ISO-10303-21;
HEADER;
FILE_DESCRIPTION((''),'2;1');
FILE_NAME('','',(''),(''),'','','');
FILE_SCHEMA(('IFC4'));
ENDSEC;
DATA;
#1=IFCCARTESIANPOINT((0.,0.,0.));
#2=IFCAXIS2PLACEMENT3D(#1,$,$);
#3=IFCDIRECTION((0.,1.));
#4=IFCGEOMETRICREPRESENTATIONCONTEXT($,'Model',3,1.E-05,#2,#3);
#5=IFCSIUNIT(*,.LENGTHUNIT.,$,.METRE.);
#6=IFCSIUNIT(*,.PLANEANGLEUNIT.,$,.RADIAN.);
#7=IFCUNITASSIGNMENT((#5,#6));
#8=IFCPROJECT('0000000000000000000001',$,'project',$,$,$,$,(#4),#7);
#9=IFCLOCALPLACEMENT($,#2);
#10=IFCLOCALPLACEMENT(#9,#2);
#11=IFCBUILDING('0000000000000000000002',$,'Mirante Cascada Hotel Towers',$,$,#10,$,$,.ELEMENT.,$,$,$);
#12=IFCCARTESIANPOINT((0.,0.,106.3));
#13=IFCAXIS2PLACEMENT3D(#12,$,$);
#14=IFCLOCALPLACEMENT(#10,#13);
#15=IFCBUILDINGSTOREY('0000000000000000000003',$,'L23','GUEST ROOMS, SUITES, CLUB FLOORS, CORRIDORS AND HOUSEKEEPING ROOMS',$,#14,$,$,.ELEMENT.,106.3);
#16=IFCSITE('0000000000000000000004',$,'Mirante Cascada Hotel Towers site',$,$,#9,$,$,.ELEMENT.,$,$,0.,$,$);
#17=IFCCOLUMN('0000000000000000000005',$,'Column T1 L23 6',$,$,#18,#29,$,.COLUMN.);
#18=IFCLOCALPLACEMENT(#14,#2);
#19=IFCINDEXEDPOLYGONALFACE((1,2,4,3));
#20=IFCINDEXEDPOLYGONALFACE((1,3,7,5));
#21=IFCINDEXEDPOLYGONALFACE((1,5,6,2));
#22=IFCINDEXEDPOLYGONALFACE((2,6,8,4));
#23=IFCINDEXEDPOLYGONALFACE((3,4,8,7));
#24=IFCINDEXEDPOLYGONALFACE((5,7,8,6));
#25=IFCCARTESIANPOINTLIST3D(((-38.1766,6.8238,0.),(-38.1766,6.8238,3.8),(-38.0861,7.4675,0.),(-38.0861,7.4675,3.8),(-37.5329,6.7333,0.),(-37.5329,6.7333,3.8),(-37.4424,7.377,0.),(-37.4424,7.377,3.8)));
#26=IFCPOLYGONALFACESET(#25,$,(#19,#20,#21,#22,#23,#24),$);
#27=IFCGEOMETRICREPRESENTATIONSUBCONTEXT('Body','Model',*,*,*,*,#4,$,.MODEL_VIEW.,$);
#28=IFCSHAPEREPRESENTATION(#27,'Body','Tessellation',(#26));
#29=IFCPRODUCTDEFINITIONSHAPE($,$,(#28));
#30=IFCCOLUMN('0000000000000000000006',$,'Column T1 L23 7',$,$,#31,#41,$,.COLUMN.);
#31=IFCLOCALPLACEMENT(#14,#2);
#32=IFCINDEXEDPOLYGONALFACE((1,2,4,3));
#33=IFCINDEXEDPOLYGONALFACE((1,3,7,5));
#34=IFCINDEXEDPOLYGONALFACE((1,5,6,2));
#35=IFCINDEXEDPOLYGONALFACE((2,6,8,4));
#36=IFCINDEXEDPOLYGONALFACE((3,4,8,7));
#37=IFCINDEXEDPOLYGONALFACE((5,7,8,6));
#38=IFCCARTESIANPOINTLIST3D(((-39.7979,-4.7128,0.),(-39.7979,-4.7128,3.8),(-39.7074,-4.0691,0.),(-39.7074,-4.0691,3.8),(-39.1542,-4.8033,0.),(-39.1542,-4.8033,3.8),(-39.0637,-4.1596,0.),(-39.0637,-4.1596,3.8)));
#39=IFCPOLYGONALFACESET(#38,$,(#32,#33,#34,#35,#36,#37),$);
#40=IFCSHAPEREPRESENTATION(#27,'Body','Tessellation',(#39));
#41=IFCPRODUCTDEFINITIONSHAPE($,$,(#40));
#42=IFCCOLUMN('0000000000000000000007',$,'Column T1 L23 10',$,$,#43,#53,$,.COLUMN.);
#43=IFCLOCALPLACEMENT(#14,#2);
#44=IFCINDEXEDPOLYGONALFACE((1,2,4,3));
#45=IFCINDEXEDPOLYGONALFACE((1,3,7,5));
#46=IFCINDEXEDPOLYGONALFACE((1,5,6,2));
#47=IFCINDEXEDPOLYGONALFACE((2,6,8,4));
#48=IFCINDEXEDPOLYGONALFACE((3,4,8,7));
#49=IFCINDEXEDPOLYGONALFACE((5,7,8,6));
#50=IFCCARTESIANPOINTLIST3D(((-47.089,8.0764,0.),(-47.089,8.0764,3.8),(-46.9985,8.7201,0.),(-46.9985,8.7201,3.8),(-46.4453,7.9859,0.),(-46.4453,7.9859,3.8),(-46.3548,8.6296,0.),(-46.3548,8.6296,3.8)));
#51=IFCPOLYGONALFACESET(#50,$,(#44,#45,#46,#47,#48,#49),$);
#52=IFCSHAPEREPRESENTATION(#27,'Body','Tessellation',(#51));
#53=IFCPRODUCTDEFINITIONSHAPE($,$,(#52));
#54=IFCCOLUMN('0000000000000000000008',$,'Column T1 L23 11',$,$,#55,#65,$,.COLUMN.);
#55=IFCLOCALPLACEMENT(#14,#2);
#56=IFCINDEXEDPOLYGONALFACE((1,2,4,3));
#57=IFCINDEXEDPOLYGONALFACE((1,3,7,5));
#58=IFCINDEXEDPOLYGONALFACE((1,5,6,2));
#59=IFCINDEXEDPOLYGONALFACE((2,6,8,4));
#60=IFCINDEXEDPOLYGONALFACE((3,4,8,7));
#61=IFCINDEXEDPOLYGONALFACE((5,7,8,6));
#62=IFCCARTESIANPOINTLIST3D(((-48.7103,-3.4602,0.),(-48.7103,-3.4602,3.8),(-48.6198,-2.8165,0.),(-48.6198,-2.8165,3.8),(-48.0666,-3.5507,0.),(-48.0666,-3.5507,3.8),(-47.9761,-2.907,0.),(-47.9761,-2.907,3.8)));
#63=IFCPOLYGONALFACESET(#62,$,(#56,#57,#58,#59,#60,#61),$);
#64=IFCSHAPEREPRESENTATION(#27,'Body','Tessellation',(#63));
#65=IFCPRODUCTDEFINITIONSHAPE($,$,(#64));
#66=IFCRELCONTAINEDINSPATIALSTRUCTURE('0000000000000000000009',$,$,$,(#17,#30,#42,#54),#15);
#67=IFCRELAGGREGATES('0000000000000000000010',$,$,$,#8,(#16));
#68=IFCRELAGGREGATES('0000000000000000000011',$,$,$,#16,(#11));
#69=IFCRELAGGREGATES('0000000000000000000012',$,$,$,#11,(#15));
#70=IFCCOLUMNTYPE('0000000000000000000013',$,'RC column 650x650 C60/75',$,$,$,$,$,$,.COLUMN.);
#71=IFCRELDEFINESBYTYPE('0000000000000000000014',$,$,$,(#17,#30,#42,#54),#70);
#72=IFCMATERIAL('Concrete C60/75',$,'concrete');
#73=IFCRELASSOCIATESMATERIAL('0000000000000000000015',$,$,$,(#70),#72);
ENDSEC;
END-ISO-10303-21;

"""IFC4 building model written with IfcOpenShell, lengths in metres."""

from ifc_helpers import new_model, si_unit, direction, frame, origin, origin_2d, place, context, subcontext, project, spatial, rectangle, extrude, material, material_profile, profile_set, type_object, element, save


model = new_model("IFC4")

# Units and contexts
model_context = context("Model", 3, precision=1e-05, world=origin(), true_north=direction((0.0, 1.0)))
body_context = subcontext(model_context, "Body", "Model", "MODEL_VIEW")
ifc_project = project(units=[si_unit("LENGTHUNIT", "METRE"), si_unit("PLANEANGLEUNIT", "RADIAN")], contexts=[model_context])

# Site, building, storey
site_placement = place(None, origin())
site = spatial("IfcSite", under=ifc_project, at=site_placement, Name="Mirante Cascada Hotel Towers site", CompositionType="ELEMENT", RefElevation=0.0)
building_placement = place(site_placement, origin())
building = spatial("IfcBuilding", under=site, at=building_placement, Name="Mirante Cascada Hotel Towers", CompositionType="ELEMENT")
storey_placement = place(building_placement, frame((0.0, 0.0, 106.3)))
storey = spatial("IfcBuildingStorey", under=building, at=storey_placement, Name="L23", Description="GUEST ROOMS, SUITES, CLUB FLOORS, CORRIDORS AND HOUSEKEEPING ROOMS", CompositionType="ELEMENT", Elevation=106.3)

# Columns
ifc_material_1 = material(Name="Concrete C60/75", Category="concrete")
ifc_material_profile = material_profile(ifc_material_1, rectangle(XDim=0.65, YDim=0.65, at=origin_2d()), Name="RC column 650x650 C60/75")
ifc_profile_set = profile_set([ifc_material_profile], Name="Concrete C60/75")
column_type = type_object("IfcColumnType", Name="RC column 650x650 C60/75", PredefinedType="COLUMN", material=ifc_profile_set)
for number, where, z_axis, x_axis, name in (
    (1, (-37.8095, 7.1004, 0.0), (0.0, 0.0, 1.0), (-0.990268, 0.139173, 0.0), "Column T1 L23 6"),
    (2, (-39.4308, -4.4362, 0.0), (0.0, 0.0, 1.0), (-0.990268, 0.139173, 0.0), "Column T1 L23 7"),
    (3, (-46.7219, 8.353, 0.0), (0.0, 0.0, 1.0), (-0.990268, 0.139173, 0.0), "Column T1 L23 10"),
    (4, (-48.3432, -3.1836, 0.0), (0.0, 0.0, 1.0), (-0.990268, 0.139173, 0.0), "Column T1 L23 11"),
):
    element("IfcColumn", number, at=place(storey_placement, frame(where, z_axis=z_axis, x_axis=x_axis)), inside=storey, type_object=column_type, Name=name, PredefinedType="COLUMN", context=body_context, shape_type="SweptSolid", body=[
        extrude(rectangle(XDim=0.65, YDim=0.65, at=origin_2d()), origin(), (0.0, 0.0, 1.0), 3.8),
    ])

save(model, "model.ifc")
